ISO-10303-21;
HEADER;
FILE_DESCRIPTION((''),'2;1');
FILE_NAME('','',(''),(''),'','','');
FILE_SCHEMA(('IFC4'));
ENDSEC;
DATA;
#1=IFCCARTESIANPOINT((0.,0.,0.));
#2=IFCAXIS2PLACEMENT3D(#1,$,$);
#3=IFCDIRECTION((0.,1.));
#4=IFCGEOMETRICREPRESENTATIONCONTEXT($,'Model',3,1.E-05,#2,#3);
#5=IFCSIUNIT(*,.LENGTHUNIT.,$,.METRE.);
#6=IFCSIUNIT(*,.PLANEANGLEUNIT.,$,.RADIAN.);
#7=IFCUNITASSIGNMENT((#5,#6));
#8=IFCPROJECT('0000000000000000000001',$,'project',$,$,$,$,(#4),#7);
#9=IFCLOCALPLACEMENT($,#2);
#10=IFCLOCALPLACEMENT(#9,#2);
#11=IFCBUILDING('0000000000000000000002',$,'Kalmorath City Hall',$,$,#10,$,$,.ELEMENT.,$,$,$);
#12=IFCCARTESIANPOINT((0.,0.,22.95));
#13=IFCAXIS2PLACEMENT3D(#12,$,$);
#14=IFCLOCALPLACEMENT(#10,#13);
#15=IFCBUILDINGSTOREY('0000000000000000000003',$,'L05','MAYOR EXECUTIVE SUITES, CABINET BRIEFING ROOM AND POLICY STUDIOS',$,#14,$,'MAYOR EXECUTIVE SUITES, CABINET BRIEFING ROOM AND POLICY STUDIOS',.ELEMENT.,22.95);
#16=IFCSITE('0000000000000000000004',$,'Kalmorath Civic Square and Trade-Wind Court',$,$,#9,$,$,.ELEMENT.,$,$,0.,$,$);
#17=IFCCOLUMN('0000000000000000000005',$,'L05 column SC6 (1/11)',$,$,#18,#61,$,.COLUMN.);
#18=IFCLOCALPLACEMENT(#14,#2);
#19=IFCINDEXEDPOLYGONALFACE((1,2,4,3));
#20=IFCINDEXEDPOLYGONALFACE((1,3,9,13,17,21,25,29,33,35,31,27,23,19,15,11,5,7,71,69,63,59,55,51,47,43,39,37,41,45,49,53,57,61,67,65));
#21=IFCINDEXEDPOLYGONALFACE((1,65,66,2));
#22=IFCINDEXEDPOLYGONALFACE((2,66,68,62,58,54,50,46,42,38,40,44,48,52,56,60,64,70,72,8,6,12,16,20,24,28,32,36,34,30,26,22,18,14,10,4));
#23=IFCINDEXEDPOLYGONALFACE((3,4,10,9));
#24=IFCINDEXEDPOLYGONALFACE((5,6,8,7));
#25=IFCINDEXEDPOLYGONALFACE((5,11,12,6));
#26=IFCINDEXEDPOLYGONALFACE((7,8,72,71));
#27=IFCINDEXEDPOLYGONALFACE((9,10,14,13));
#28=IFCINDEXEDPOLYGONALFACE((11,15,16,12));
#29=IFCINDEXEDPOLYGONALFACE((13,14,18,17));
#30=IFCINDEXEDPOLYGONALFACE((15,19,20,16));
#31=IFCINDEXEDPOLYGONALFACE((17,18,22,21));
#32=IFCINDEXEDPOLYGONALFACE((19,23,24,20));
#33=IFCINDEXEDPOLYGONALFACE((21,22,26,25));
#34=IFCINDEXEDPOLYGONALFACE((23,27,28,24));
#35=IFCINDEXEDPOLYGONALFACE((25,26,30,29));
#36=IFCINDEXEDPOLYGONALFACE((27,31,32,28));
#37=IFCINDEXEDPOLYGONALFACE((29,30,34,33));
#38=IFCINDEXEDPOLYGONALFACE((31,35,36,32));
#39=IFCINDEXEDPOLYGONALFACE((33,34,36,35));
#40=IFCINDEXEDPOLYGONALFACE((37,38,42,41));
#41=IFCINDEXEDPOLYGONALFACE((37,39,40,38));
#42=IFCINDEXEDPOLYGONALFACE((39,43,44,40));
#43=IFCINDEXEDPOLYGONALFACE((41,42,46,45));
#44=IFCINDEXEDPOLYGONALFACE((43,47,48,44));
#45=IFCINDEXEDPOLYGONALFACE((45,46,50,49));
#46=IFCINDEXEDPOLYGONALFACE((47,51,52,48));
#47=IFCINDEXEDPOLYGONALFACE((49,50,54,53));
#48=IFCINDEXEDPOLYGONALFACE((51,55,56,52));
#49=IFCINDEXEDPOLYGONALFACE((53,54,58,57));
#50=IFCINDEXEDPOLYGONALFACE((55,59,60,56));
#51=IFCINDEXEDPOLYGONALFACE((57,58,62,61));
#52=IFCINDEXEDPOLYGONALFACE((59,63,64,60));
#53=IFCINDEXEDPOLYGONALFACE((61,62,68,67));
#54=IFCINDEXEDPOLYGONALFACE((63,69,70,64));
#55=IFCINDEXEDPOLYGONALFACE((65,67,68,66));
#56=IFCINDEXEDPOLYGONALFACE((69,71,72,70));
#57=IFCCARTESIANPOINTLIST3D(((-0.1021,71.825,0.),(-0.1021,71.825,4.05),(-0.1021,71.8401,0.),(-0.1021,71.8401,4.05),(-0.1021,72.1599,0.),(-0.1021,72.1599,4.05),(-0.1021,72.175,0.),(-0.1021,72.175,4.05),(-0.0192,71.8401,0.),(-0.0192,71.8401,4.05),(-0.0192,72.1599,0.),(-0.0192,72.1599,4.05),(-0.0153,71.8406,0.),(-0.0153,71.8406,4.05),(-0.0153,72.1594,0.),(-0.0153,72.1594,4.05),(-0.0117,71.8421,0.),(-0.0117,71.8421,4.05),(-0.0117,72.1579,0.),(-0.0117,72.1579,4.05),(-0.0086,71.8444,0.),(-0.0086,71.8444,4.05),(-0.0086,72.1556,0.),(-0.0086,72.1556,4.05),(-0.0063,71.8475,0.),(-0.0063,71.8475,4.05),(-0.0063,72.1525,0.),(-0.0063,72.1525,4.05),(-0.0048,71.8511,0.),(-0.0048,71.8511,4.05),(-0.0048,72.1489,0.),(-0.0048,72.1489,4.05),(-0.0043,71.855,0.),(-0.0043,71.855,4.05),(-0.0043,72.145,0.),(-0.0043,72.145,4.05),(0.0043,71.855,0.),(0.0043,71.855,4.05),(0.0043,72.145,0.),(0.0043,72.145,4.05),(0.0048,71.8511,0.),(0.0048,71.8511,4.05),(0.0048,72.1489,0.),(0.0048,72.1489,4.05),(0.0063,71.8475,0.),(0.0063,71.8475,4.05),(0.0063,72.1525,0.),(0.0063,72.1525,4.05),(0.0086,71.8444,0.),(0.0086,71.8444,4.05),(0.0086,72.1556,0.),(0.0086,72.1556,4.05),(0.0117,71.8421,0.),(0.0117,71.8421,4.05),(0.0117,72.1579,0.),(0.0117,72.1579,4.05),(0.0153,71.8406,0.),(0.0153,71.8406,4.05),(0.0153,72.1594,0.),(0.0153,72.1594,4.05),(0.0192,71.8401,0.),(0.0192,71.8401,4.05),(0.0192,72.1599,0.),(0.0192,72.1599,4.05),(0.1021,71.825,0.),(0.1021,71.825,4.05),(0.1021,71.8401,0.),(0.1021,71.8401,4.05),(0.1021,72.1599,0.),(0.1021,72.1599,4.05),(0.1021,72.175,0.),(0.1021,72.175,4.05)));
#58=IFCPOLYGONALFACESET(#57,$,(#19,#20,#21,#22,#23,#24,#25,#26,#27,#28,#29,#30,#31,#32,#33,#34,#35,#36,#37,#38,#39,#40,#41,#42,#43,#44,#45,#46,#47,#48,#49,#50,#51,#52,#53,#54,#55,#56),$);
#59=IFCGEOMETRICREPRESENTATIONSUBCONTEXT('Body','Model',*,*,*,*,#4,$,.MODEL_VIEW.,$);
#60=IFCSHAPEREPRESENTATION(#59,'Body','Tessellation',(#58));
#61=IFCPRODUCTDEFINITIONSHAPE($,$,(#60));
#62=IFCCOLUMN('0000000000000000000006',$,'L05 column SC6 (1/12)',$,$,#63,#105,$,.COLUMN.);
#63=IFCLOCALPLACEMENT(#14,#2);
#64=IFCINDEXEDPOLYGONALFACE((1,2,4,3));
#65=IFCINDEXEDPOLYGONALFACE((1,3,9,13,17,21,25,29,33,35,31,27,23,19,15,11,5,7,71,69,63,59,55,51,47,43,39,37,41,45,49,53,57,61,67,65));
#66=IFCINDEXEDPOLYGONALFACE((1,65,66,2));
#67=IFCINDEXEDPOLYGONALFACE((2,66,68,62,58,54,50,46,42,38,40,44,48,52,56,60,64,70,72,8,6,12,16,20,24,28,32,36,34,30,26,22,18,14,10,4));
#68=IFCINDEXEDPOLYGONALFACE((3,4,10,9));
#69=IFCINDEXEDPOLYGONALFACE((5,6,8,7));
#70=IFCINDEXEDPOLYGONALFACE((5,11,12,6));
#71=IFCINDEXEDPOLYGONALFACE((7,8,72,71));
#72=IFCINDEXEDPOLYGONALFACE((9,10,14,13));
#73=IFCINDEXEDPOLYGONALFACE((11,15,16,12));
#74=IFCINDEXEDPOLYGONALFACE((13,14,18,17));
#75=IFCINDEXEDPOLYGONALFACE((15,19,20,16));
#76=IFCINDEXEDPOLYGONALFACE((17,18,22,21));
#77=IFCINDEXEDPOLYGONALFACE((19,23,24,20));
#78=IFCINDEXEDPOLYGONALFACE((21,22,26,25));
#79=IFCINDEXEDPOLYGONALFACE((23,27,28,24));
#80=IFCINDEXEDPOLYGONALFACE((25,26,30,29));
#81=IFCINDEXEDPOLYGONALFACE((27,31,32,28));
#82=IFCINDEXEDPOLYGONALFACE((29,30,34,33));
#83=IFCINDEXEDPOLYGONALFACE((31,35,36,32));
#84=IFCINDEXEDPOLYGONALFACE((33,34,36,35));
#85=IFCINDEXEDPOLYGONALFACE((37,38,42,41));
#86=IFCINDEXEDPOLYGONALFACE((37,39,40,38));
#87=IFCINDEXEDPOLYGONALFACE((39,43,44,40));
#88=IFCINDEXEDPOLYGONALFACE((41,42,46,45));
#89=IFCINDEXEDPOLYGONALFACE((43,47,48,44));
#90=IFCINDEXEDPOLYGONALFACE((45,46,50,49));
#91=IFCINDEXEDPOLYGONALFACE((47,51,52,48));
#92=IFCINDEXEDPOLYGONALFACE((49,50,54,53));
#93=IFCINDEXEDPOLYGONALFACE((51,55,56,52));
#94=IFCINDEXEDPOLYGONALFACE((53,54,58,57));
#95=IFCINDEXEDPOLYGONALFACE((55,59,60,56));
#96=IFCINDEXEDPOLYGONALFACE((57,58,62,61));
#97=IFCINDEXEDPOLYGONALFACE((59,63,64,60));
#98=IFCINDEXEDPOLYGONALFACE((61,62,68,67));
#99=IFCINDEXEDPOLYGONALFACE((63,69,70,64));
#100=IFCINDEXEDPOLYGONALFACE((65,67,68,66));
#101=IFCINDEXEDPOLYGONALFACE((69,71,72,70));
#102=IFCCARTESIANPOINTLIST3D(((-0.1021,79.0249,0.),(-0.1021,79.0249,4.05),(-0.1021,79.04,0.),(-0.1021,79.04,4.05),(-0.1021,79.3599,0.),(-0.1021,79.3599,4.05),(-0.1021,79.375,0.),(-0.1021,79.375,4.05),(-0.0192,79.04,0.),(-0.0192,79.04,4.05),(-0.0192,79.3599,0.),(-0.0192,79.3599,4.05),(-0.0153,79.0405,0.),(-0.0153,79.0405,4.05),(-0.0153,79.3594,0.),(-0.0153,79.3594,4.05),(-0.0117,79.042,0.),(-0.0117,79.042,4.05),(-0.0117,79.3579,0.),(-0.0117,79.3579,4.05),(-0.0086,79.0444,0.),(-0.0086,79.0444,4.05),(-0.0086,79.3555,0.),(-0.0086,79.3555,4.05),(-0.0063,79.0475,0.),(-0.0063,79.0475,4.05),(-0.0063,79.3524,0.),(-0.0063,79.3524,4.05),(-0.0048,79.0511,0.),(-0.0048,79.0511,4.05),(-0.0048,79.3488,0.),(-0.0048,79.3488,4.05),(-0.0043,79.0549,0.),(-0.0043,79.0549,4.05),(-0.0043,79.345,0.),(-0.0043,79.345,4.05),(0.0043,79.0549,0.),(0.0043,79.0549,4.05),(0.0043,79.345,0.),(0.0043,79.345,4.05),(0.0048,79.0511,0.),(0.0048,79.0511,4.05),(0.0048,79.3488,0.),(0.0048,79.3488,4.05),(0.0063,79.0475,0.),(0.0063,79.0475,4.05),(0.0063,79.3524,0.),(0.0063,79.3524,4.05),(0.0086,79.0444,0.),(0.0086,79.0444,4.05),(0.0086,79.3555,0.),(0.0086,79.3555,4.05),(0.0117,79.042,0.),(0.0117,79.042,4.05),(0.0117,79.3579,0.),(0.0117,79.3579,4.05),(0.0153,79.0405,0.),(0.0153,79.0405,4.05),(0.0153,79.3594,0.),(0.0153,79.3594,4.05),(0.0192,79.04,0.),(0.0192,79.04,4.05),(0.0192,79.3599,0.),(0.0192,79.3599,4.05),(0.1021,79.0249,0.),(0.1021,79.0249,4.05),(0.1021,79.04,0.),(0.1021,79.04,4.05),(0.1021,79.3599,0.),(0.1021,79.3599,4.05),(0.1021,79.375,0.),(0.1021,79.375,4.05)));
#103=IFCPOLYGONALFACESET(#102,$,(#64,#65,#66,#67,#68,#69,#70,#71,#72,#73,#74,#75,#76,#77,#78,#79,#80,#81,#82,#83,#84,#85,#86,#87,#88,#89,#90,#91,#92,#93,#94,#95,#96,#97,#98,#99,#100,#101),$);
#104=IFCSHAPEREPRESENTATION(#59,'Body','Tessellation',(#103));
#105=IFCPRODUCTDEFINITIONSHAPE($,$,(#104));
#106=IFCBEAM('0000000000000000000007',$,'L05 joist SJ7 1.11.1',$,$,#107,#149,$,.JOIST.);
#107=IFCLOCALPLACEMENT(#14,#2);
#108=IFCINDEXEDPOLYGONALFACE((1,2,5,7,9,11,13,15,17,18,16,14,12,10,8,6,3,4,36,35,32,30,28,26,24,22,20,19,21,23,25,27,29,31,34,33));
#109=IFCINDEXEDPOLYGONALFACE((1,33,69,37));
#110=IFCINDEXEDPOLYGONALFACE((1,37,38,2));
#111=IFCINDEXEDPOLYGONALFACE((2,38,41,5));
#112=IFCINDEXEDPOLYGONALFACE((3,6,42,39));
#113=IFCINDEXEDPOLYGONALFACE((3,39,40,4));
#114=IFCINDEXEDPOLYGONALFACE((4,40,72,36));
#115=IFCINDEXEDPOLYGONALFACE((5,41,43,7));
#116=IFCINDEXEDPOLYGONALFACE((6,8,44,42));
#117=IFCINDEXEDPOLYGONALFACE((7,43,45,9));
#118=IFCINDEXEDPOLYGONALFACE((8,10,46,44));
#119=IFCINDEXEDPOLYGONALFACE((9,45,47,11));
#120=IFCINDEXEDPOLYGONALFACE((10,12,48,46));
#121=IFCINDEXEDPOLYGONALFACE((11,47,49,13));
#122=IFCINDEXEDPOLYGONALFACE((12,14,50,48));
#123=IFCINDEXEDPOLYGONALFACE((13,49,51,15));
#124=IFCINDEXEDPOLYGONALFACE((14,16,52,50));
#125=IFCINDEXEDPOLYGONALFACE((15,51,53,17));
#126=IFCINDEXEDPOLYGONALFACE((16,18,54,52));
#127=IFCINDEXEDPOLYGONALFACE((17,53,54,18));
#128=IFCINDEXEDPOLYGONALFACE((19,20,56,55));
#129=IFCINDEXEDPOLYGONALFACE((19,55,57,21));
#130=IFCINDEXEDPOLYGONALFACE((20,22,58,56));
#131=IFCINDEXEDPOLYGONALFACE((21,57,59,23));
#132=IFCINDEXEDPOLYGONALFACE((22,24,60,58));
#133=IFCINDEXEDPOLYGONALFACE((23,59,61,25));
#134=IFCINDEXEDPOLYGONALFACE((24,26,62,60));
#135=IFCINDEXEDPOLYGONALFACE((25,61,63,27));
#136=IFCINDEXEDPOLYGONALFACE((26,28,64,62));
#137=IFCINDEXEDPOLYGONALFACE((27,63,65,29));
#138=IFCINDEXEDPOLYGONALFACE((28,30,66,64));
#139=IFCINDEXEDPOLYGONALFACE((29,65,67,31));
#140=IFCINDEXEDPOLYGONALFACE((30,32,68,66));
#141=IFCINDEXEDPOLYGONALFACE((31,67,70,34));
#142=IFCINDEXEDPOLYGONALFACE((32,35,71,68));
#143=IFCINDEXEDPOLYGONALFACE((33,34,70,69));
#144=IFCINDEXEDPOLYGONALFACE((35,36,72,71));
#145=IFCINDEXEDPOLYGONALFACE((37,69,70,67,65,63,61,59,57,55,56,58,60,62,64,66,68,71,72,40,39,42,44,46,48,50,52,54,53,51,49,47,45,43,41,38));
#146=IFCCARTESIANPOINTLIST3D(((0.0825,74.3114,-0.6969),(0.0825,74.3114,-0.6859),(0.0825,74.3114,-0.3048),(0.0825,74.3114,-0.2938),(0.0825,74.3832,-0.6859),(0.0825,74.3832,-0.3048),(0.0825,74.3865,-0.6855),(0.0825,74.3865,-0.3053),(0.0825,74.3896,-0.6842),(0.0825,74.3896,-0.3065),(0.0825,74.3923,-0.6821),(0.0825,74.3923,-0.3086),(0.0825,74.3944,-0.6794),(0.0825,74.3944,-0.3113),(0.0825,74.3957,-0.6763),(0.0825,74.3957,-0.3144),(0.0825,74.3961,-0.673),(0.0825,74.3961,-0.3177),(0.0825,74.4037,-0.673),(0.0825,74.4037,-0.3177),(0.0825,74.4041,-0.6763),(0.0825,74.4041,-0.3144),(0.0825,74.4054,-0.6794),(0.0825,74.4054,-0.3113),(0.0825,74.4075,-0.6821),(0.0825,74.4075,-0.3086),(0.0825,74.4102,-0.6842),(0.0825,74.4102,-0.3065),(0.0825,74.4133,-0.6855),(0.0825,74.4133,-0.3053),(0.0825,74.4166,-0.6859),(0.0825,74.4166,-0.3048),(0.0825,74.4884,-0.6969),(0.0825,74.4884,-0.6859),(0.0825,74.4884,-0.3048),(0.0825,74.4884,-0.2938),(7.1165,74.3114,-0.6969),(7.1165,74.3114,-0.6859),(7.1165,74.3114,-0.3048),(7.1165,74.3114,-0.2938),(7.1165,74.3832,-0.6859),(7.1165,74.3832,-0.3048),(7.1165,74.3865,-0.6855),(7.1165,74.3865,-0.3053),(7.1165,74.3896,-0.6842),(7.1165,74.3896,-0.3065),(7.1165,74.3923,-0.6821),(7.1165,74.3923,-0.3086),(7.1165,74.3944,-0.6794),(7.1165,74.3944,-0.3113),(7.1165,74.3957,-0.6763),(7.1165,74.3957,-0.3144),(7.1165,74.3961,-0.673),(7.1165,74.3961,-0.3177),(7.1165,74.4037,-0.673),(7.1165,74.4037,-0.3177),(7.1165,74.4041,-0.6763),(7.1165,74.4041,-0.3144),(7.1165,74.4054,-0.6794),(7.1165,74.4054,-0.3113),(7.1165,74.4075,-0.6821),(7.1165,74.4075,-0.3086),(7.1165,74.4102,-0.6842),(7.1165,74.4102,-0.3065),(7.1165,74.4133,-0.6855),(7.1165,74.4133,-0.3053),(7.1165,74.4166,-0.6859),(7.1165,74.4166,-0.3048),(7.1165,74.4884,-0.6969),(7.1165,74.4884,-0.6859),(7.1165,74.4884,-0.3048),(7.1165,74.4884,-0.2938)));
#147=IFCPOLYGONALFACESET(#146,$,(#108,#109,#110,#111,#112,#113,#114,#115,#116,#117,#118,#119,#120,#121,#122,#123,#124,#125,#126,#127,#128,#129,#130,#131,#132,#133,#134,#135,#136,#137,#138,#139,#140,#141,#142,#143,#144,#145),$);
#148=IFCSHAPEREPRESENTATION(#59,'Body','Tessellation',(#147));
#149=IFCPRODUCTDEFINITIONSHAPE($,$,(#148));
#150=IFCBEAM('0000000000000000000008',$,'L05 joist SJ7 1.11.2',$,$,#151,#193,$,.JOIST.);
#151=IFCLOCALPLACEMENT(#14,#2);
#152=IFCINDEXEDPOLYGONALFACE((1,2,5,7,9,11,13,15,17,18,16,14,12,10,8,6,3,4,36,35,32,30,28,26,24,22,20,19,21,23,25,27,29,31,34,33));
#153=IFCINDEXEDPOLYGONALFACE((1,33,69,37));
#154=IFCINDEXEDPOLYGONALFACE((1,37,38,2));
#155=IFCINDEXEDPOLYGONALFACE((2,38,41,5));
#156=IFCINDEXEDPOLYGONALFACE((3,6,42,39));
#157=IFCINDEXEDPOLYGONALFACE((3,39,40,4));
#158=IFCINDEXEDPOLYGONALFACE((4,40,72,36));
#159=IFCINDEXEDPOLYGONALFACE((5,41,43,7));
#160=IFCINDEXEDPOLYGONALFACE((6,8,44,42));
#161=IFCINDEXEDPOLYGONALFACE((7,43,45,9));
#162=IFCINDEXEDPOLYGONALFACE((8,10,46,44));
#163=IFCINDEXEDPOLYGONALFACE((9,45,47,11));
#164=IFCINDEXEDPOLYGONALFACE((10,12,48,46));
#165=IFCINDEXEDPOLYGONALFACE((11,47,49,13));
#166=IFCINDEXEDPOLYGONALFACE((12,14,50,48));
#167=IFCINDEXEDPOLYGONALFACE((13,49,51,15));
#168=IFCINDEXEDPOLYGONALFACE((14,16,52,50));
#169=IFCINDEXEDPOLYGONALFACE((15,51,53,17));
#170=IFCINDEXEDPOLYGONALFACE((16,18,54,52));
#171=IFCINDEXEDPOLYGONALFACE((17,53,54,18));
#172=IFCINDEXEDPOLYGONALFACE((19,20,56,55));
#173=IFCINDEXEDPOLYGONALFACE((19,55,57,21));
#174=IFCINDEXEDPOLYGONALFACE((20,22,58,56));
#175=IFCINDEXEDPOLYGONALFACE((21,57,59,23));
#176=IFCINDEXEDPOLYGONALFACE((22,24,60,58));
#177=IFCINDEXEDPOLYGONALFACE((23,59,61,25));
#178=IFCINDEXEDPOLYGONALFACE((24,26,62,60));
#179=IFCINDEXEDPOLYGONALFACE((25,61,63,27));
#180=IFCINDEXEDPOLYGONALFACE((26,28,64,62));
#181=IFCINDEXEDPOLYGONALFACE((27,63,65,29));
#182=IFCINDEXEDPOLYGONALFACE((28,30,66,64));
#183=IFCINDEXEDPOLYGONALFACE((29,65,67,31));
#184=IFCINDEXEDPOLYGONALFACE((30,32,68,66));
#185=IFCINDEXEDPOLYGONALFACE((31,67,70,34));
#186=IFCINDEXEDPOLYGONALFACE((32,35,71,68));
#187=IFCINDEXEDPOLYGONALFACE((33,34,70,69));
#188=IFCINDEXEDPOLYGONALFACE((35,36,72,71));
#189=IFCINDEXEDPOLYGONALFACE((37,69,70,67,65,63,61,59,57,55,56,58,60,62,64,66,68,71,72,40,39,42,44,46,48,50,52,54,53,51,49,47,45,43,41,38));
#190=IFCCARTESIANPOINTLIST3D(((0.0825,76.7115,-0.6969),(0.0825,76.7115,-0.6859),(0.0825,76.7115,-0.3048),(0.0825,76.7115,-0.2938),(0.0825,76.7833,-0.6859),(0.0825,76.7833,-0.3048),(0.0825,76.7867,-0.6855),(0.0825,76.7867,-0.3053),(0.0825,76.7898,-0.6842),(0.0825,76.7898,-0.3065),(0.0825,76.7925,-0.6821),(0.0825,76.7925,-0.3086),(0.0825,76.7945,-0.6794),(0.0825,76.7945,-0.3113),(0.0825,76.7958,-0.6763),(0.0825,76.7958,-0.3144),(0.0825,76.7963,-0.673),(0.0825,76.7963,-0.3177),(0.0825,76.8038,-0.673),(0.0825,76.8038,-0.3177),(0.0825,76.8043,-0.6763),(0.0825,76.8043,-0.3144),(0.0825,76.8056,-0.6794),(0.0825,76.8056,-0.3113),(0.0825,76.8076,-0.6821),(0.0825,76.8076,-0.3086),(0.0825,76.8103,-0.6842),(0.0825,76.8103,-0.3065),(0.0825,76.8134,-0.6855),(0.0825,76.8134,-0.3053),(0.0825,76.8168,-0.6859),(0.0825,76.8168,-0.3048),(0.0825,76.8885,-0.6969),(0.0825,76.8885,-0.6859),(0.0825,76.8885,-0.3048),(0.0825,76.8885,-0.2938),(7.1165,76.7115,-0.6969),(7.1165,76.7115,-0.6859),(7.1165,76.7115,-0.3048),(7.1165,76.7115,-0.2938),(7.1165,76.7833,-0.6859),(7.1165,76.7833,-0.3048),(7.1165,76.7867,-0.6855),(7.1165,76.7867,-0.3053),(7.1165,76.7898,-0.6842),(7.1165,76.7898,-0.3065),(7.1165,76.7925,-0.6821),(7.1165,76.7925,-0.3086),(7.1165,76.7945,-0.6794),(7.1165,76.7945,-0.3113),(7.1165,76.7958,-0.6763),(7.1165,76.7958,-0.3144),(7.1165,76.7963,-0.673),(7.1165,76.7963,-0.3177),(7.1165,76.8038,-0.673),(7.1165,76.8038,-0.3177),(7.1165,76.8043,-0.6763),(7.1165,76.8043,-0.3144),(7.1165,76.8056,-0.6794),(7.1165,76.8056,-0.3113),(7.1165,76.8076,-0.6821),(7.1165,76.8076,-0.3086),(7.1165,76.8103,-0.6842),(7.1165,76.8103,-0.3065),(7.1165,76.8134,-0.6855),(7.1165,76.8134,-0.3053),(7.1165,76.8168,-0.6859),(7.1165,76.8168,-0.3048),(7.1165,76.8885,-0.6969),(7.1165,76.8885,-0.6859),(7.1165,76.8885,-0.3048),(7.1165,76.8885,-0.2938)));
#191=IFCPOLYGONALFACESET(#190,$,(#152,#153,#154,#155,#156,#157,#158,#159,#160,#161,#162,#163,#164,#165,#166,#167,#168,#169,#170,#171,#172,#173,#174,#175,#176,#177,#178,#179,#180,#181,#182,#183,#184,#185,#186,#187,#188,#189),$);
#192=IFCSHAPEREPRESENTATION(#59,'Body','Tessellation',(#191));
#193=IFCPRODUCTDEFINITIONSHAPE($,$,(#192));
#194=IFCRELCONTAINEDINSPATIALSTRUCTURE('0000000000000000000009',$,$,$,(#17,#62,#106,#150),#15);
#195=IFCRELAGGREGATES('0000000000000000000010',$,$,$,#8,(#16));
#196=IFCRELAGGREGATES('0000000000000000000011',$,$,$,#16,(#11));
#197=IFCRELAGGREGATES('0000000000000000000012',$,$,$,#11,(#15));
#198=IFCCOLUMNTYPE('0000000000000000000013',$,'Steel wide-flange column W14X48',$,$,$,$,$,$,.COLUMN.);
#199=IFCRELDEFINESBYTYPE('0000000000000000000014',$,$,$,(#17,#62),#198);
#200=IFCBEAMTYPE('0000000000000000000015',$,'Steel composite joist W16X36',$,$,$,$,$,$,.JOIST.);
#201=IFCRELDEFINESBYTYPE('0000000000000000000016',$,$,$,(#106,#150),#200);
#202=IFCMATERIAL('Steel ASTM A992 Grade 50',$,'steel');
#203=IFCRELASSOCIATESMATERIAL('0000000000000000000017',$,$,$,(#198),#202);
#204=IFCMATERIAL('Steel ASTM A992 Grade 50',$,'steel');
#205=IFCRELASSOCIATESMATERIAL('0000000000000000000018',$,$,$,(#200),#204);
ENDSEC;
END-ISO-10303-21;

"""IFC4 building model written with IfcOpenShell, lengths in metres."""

from ifc_helpers import new_model, si_unit, direction, frame, origin, origin_2d, place, context, subcontext, project, spatial, i_section, extrude, material, material_profile, profile_set, type_object, element, save


model = new_model("IFC4")

# Units and contexts
model_context = context("Model", 3, precision=1e-05, world=origin(), true_north=direction((0.0, 1.0)))
body_context = subcontext(model_context, "Body", "Model", "MODEL_VIEW")
ifc_project = project(units=[si_unit("LENGTHUNIT", "METRE"), si_unit("PLANEANGLEUNIT", "RADIAN")], contexts=[model_context])

# Site, building, storey
site_placement = place(None, origin())
site = spatial("IfcSite", under=ifc_project, at=site_placement, Name="Kalmorath Civic Square and Trade-Wind Court", CompositionType="ELEMENT", RefElevation=0.0)
building_placement = place(site_placement, origin())
building = spatial("IfcBuilding", under=site, at=building_placement, Name="Kalmorath City Hall", CompositionType="ELEMENT")
storey_placement = place(building_placement, frame((0.0, 0.0, 22.95)))
storey = spatial("IfcBuildingStorey", under=building, at=storey_placement, Name="L05", Description="MAYOR EXECUTIVE SUITES, CABINET BRIEFING ROOM AND POLICY STUDIOS", LongName="MAYOR EXECUTIVE SUITES, CABINET BRIEFING ROOM AND POLICY STUDIOS", CompositionType="ELEMENT", Elevation=22.95)

# Columns
ifc_material_1 = material(Name="Steel ASTM A992 Grade 50", Category="steel")
ifc_material_profile_1 = material_profile(ifc_material_1, i_section(OverallWidth=0.2041, OverallDepth=0.3501, WebThickness=0.0085, FlangeThickness=0.0151, FilletRadius=0.0149, at=origin_2d()), Name="W14X48")
ifc_profile_set_1 = profile_set([ifc_material_profile_1], Name="Steel ASTM A992 Grade 50")
column_type = type_object("IfcColumnType", Name="Steel wide-flange column W14X48", PredefinedType="COLUMN", material=ifc_profile_set_1)
for number, where, z_axis, x_axis, name in (
    (1, (0.0, 72.0, 0.0), (0.0, 0.0, 1.0), (1.0, 0.0, 0.0), "L05 column SC6 (1/11)"),
    (2, (0.0, 79.2, 0.0), (0.0, 0.0, 1.0), (1.0, 0.0, 0.0), "L05 column SC6 (1/12)"),
):
    element("IfcColumn", number, at=place(storey_placement, frame(where, z_axis=z_axis, x_axis=x_axis)), inside=storey, type_object=column_type, Name=name, PredefinedType="COLUMN", context=body_context, shape_type="SweptSolid", body=[
        extrude(i_section(OverallWidth=0.2041, OverallDepth=0.3501, WebThickness=0.0085, FlangeThickness=0.0151, FilletRadius=0.0149, at=origin_2d()), origin(), (0.0, 0.0, 1.0), 4.05),
    ])

# Beams
ifc_material_2 = material(Name="Steel ASTM A992 Grade 50", Category="steel")
ifc_material_profile_2 = material_profile(ifc_material_2, i_section(OverallWidth=0.177, OverallDepth=0.4031, WebThickness=0.0076, FlangeThickness=0.011, FilletRadius=0.0129, at=origin_2d()), Name="W16X36")
ifc_profile_set_2 = profile_set([ifc_material_profile_2], Name="Steel ASTM A992 Grade 50")
beam_type_1 = type_object("IfcBeamType", Name="Steel composite joist W16X36", PredefinedType="JOIST", material=ifc_profile_set_2)
for number, where, z_axis, x_axis, name in (
    (3, (0.0825, 74.3999, -0.4954), (1.0, 0.0, 0.0), (0.0, 1.0, 0.0), "L05 joist SJ7 1.11.1"),
    (4, (0.0825, 76.8, -0.4954), (1.0, 0.0, 0.0), (0.0, 1.0, 0.0), "L05 joist SJ7 1.11.2"),
):
    element("IfcBeam", number, at=place(storey_placement, frame(where, z_axis=z_axis, x_axis=x_axis)), inside=storey, type_object=beam_type_1, Name=name, PredefinedType="JOIST", context=body_context, shape_type="SweptSolid", body=[
        extrude(i_section(OverallWidth=0.177, OverallDepth=0.4031, WebThickness=0.0076, FlangeThickness=0.011, FilletRadius=0.0129, at=origin_2d()), origin(), (0.0, 0.0, 1.0), 7.0339),
    ])

save(model, "model.ifc")
